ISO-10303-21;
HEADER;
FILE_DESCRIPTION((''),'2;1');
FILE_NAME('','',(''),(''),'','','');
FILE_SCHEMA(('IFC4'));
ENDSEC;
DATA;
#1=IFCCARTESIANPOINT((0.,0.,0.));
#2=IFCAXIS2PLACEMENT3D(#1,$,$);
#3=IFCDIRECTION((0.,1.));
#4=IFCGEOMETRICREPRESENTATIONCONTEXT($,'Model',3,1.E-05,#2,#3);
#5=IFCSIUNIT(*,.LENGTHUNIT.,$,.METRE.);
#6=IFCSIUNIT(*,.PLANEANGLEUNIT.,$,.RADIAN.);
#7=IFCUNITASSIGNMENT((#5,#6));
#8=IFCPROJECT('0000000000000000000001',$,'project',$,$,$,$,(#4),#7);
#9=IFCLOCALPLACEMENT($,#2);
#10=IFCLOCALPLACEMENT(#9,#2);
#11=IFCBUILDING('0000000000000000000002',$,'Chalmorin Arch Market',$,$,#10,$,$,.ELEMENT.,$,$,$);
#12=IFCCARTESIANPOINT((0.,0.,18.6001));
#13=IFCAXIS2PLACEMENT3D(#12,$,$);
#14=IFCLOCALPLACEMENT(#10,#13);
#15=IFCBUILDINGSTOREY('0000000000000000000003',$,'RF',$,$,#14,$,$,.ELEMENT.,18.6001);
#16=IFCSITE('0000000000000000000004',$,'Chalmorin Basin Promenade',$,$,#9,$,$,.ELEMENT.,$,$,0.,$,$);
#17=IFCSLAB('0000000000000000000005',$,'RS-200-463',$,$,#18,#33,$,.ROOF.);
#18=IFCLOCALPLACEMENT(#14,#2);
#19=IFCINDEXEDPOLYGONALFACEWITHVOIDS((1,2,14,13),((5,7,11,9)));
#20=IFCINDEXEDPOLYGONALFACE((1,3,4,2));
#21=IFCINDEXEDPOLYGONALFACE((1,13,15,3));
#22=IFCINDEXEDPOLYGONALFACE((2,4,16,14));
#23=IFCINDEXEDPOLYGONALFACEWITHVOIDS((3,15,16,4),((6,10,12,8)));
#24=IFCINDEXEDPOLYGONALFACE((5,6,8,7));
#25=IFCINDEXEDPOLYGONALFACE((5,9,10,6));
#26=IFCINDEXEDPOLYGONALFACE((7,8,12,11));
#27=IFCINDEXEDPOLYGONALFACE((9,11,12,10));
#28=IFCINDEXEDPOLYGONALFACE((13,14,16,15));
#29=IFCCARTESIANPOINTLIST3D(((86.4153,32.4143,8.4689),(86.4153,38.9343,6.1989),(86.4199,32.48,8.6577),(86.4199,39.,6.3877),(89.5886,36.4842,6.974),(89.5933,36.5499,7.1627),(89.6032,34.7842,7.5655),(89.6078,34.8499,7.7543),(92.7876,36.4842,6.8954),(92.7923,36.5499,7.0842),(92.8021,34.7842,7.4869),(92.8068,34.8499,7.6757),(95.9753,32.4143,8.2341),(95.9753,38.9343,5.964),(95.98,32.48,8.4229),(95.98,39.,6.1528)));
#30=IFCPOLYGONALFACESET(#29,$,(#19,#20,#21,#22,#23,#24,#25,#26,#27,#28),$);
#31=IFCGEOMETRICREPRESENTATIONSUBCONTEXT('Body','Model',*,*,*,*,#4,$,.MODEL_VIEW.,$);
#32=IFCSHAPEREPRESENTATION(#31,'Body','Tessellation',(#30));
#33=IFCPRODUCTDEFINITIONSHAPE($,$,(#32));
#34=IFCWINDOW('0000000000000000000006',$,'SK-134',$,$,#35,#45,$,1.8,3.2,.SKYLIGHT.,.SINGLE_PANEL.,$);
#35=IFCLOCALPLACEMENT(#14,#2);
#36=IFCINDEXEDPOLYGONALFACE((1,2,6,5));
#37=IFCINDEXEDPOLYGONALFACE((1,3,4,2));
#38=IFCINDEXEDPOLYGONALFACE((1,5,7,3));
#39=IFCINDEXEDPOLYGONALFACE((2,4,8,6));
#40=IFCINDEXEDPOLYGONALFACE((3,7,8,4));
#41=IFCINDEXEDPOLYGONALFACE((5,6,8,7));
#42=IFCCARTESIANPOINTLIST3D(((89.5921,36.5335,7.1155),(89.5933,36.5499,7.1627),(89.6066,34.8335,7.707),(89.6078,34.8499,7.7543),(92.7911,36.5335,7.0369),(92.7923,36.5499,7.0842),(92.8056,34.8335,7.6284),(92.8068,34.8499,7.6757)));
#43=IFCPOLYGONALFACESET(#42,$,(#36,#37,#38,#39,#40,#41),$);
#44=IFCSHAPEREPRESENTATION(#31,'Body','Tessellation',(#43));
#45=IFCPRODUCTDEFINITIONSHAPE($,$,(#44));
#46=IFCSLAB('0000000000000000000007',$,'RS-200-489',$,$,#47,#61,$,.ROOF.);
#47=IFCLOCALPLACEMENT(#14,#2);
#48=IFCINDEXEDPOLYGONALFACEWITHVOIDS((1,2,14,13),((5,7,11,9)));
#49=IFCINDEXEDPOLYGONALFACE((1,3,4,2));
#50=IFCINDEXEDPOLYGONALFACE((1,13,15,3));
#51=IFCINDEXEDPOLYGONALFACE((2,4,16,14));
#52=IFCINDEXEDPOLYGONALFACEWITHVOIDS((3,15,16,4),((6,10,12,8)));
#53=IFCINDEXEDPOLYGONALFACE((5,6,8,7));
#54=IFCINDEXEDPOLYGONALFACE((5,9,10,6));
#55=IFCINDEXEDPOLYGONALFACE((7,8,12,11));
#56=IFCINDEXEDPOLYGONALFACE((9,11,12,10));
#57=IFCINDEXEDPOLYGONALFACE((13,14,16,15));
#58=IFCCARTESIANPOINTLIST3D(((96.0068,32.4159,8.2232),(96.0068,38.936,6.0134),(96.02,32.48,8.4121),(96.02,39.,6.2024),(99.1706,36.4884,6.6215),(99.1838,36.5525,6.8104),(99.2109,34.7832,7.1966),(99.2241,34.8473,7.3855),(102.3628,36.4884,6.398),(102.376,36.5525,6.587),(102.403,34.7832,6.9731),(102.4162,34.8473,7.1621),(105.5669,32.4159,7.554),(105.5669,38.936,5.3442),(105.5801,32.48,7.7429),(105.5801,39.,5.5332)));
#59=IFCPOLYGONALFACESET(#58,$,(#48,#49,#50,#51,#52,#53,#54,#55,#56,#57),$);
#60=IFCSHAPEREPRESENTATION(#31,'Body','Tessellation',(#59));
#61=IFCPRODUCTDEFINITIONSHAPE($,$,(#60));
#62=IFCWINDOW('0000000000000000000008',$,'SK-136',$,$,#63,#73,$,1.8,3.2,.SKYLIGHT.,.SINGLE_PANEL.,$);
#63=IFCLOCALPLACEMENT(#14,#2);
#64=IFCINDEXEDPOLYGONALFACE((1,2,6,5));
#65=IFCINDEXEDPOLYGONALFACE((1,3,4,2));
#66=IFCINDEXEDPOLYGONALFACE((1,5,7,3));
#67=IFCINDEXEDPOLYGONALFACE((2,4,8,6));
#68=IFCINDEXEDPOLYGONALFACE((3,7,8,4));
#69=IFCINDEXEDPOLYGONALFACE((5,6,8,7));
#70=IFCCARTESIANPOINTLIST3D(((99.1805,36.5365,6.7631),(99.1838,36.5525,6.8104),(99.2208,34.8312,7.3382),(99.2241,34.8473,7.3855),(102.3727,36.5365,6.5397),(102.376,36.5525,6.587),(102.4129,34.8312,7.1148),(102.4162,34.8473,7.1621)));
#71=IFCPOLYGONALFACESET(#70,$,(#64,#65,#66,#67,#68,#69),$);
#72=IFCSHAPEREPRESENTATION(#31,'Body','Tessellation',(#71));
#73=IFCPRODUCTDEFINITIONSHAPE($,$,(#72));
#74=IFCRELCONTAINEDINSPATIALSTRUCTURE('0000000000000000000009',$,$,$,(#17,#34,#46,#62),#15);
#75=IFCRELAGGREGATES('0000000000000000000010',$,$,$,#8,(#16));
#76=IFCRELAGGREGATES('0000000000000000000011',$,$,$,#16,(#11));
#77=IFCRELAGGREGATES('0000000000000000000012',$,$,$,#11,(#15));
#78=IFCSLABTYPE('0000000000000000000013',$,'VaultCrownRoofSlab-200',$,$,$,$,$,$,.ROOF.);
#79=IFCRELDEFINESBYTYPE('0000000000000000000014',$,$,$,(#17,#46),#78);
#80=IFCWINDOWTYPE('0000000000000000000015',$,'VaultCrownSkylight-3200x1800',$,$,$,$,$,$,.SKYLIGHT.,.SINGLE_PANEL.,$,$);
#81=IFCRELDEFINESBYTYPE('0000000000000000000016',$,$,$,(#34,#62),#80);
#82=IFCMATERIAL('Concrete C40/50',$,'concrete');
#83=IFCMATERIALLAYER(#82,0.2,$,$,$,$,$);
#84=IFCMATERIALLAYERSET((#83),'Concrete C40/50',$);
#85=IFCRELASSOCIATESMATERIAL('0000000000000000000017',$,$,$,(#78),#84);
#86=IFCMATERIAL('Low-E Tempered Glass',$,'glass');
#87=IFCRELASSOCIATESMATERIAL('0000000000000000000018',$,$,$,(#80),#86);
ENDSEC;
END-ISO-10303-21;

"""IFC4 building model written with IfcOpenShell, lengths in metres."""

from ifc_helpers import new_model, si_unit, direction, frame, origin, origin_2d, place, context, subcontext, project, spatial, polyline, rectangle, outline, extrude, material, layer, layer_set, type_object, element, fill, save


model = new_model("IFC4")

# Units and contexts
model_context = context("Model", 3, precision=1e-05, world=origin(), true_north=direction((0.0, 1.0)))
body_context = subcontext(model_context, "Body", "Model", "MODEL_VIEW")
ifc_project = project(units=[si_unit("LENGTHUNIT", "METRE"), si_unit("PLANEANGLEUNIT", "RADIAN")], contexts=[model_context])

# Site, building, storey
site_placement = place(None, origin())
site = spatial("IfcSite", under=ifc_project, at=site_placement, Name="Chalmorin Basin Promenade", CompositionType="ELEMENT", RefElevation=0.0)
building_placement = place(site_placement, origin())
building = spatial("IfcBuilding", under=site, at=building_placement, Name="Chalmorin Arch Market", CompositionType="ELEMENT")
storey_placement = place(building_placement, frame((0.0, 0.0, 18.6001)))
storey = spatial("IfcBuildingStorey", under=building, at=storey_placement, Name="RF", CompositionType="ELEMENT", Elevation=18.6001)

# Slabs, openings, windows
ifc_material_1 = material(Name="Concrete C40/50", Category="concrete")
ifc_layer = layer(ifc_material_1, 0.2)
ifc_layer_set = layer_set([ifc_layer], Name="Concrete C40/50")
slab_type = type_object("IfcSlabType", Name="VaultCrownRoofSlab-200", PredefinedType="ROOF", material=ifc_layer_set)
slab_1_placement = place(storey_placement, frame((86.4199, 32.48, 8.6577), z_axis=(0.023195, 0.328715, 0.944144), x_axis=(0.999698, 0.0, -0.02456)))
slab_1 = element("IfcSlab", 1, at=slab_1_placement, inside=storey, type_object=slab_type, Name="RS-200-463", PredefinedType="ROOF", context=body_context, shape_type="SweptSolid", body=[
    extrude(outline(polyline([(0.0, 0.0), (9.5629, 0.0), (9.6187, 6.9037), (0.0558, 6.9037), (0.0, 0.0)])), origin(), (0.0, 0.0, -1.0), 0.2),
])
opening_1_placement = place(slab_1_placement, frame((4.8091, 3.4094, -0.2148)))
opening_1 = element("IfcOpeningElement", 2, at=opening_1_placement, cuts=slab_1, PredefinedType="OPENING", context=body_context, shape_type="SweptSolid", body=[
    extrude(rectangle(XDim=3.2, YDim=1.8, at=origin_2d()), origin(), (0.0, 0.0, 1.0), 0.23),
])
ifc_material_2 = material(Name="Low-E Tempered Glass", Category="glass")
window_type = type_object("IfcWindowType", Name="VaultCrownSkylight-3200x1800", PartitioningType="SINGLE_PANEL", PredefinedType="SKYLIGHT", material=ifc_material_2)
window_1_placement = place(slab_1_placement, frame((4.8091, 3.4094, -0.05)))
window_1 = element("IfcWindow", 3, at=window_1_placement, inside=storey, type_object=window_type, Name="SK-134", OverallHeight=1.8, OverallWidth=3.2, PartitioningType="SINGLE_PANEL", PredefinedType="SKYLIGHT", context=body_context, shape_type="SweptSolid", body=[
    extrude(rectangle(XDim=3.2, YDim=1.8, at=origin_2d()), origin(), (0.0, 0.0, 1.0), 0.05),
])
fill(opening_1, window_1)
slab_2_placement = place(storey_placement, frame((96.02, 32.48, 8.4121), z_axis=(0.066149, 0.320276, 0.945012), x_axis=(0.997559, 0.0, -0.069828)))
slab_2 = element("IfcSlab", 4, at=slab_2_placement, inside=storey, type_object=slab_type, Name="RS-200-489", PredefinedType="ROOF", context=body_context, shape_type="SweptSolid", body=[
    extrude(outline(polyline([(0.0, 0.0), (9.5835, 0.0), (9.7378, 6.8826), (0.1543, 6.8826), (0.0, 0.0)])), origin(), (0.0, 0.0, -1.0), 0.2),
])
opening_2_placement = place(slab_2_placement, frame((4.8679, 3.3989, -0.2148)))
opening_2 = element("IfcOpeningElement", 5, at=opening_2_placement, cuts=slab_2, PredefinedType="OPENING", context=body_context, shape_type="SweptSolid", body=[
    extrude(rectangle(XDim=3.2, YDim=1.8, at=origin_2d()), origin(), (0.0, 0.0, 1.0), 0.23),
])
window_2_placement = place(slab_2_placement, frame((4.8679, 3.3989, -0.05)))
window_2 = element("IfcWindow", 6, at=window_2_placement, inside=storey, type_object=window_type, Name="SK-136", OverallHeight=1.8, OverallWidth=3.2, PartitioningType="SINGLE_PANEL", PredefinedType="SKYLIGHT", context=body_context, shape_type="SweptSolid", body=[
    extrude(rectangle(XDim=3.2, YDim=1.8, at=origin_2d()), origin(), (0.0, 0.0, 1.0), 0.05),
])
fill(opening_2, window_2)

save(model, "model.ifc")
